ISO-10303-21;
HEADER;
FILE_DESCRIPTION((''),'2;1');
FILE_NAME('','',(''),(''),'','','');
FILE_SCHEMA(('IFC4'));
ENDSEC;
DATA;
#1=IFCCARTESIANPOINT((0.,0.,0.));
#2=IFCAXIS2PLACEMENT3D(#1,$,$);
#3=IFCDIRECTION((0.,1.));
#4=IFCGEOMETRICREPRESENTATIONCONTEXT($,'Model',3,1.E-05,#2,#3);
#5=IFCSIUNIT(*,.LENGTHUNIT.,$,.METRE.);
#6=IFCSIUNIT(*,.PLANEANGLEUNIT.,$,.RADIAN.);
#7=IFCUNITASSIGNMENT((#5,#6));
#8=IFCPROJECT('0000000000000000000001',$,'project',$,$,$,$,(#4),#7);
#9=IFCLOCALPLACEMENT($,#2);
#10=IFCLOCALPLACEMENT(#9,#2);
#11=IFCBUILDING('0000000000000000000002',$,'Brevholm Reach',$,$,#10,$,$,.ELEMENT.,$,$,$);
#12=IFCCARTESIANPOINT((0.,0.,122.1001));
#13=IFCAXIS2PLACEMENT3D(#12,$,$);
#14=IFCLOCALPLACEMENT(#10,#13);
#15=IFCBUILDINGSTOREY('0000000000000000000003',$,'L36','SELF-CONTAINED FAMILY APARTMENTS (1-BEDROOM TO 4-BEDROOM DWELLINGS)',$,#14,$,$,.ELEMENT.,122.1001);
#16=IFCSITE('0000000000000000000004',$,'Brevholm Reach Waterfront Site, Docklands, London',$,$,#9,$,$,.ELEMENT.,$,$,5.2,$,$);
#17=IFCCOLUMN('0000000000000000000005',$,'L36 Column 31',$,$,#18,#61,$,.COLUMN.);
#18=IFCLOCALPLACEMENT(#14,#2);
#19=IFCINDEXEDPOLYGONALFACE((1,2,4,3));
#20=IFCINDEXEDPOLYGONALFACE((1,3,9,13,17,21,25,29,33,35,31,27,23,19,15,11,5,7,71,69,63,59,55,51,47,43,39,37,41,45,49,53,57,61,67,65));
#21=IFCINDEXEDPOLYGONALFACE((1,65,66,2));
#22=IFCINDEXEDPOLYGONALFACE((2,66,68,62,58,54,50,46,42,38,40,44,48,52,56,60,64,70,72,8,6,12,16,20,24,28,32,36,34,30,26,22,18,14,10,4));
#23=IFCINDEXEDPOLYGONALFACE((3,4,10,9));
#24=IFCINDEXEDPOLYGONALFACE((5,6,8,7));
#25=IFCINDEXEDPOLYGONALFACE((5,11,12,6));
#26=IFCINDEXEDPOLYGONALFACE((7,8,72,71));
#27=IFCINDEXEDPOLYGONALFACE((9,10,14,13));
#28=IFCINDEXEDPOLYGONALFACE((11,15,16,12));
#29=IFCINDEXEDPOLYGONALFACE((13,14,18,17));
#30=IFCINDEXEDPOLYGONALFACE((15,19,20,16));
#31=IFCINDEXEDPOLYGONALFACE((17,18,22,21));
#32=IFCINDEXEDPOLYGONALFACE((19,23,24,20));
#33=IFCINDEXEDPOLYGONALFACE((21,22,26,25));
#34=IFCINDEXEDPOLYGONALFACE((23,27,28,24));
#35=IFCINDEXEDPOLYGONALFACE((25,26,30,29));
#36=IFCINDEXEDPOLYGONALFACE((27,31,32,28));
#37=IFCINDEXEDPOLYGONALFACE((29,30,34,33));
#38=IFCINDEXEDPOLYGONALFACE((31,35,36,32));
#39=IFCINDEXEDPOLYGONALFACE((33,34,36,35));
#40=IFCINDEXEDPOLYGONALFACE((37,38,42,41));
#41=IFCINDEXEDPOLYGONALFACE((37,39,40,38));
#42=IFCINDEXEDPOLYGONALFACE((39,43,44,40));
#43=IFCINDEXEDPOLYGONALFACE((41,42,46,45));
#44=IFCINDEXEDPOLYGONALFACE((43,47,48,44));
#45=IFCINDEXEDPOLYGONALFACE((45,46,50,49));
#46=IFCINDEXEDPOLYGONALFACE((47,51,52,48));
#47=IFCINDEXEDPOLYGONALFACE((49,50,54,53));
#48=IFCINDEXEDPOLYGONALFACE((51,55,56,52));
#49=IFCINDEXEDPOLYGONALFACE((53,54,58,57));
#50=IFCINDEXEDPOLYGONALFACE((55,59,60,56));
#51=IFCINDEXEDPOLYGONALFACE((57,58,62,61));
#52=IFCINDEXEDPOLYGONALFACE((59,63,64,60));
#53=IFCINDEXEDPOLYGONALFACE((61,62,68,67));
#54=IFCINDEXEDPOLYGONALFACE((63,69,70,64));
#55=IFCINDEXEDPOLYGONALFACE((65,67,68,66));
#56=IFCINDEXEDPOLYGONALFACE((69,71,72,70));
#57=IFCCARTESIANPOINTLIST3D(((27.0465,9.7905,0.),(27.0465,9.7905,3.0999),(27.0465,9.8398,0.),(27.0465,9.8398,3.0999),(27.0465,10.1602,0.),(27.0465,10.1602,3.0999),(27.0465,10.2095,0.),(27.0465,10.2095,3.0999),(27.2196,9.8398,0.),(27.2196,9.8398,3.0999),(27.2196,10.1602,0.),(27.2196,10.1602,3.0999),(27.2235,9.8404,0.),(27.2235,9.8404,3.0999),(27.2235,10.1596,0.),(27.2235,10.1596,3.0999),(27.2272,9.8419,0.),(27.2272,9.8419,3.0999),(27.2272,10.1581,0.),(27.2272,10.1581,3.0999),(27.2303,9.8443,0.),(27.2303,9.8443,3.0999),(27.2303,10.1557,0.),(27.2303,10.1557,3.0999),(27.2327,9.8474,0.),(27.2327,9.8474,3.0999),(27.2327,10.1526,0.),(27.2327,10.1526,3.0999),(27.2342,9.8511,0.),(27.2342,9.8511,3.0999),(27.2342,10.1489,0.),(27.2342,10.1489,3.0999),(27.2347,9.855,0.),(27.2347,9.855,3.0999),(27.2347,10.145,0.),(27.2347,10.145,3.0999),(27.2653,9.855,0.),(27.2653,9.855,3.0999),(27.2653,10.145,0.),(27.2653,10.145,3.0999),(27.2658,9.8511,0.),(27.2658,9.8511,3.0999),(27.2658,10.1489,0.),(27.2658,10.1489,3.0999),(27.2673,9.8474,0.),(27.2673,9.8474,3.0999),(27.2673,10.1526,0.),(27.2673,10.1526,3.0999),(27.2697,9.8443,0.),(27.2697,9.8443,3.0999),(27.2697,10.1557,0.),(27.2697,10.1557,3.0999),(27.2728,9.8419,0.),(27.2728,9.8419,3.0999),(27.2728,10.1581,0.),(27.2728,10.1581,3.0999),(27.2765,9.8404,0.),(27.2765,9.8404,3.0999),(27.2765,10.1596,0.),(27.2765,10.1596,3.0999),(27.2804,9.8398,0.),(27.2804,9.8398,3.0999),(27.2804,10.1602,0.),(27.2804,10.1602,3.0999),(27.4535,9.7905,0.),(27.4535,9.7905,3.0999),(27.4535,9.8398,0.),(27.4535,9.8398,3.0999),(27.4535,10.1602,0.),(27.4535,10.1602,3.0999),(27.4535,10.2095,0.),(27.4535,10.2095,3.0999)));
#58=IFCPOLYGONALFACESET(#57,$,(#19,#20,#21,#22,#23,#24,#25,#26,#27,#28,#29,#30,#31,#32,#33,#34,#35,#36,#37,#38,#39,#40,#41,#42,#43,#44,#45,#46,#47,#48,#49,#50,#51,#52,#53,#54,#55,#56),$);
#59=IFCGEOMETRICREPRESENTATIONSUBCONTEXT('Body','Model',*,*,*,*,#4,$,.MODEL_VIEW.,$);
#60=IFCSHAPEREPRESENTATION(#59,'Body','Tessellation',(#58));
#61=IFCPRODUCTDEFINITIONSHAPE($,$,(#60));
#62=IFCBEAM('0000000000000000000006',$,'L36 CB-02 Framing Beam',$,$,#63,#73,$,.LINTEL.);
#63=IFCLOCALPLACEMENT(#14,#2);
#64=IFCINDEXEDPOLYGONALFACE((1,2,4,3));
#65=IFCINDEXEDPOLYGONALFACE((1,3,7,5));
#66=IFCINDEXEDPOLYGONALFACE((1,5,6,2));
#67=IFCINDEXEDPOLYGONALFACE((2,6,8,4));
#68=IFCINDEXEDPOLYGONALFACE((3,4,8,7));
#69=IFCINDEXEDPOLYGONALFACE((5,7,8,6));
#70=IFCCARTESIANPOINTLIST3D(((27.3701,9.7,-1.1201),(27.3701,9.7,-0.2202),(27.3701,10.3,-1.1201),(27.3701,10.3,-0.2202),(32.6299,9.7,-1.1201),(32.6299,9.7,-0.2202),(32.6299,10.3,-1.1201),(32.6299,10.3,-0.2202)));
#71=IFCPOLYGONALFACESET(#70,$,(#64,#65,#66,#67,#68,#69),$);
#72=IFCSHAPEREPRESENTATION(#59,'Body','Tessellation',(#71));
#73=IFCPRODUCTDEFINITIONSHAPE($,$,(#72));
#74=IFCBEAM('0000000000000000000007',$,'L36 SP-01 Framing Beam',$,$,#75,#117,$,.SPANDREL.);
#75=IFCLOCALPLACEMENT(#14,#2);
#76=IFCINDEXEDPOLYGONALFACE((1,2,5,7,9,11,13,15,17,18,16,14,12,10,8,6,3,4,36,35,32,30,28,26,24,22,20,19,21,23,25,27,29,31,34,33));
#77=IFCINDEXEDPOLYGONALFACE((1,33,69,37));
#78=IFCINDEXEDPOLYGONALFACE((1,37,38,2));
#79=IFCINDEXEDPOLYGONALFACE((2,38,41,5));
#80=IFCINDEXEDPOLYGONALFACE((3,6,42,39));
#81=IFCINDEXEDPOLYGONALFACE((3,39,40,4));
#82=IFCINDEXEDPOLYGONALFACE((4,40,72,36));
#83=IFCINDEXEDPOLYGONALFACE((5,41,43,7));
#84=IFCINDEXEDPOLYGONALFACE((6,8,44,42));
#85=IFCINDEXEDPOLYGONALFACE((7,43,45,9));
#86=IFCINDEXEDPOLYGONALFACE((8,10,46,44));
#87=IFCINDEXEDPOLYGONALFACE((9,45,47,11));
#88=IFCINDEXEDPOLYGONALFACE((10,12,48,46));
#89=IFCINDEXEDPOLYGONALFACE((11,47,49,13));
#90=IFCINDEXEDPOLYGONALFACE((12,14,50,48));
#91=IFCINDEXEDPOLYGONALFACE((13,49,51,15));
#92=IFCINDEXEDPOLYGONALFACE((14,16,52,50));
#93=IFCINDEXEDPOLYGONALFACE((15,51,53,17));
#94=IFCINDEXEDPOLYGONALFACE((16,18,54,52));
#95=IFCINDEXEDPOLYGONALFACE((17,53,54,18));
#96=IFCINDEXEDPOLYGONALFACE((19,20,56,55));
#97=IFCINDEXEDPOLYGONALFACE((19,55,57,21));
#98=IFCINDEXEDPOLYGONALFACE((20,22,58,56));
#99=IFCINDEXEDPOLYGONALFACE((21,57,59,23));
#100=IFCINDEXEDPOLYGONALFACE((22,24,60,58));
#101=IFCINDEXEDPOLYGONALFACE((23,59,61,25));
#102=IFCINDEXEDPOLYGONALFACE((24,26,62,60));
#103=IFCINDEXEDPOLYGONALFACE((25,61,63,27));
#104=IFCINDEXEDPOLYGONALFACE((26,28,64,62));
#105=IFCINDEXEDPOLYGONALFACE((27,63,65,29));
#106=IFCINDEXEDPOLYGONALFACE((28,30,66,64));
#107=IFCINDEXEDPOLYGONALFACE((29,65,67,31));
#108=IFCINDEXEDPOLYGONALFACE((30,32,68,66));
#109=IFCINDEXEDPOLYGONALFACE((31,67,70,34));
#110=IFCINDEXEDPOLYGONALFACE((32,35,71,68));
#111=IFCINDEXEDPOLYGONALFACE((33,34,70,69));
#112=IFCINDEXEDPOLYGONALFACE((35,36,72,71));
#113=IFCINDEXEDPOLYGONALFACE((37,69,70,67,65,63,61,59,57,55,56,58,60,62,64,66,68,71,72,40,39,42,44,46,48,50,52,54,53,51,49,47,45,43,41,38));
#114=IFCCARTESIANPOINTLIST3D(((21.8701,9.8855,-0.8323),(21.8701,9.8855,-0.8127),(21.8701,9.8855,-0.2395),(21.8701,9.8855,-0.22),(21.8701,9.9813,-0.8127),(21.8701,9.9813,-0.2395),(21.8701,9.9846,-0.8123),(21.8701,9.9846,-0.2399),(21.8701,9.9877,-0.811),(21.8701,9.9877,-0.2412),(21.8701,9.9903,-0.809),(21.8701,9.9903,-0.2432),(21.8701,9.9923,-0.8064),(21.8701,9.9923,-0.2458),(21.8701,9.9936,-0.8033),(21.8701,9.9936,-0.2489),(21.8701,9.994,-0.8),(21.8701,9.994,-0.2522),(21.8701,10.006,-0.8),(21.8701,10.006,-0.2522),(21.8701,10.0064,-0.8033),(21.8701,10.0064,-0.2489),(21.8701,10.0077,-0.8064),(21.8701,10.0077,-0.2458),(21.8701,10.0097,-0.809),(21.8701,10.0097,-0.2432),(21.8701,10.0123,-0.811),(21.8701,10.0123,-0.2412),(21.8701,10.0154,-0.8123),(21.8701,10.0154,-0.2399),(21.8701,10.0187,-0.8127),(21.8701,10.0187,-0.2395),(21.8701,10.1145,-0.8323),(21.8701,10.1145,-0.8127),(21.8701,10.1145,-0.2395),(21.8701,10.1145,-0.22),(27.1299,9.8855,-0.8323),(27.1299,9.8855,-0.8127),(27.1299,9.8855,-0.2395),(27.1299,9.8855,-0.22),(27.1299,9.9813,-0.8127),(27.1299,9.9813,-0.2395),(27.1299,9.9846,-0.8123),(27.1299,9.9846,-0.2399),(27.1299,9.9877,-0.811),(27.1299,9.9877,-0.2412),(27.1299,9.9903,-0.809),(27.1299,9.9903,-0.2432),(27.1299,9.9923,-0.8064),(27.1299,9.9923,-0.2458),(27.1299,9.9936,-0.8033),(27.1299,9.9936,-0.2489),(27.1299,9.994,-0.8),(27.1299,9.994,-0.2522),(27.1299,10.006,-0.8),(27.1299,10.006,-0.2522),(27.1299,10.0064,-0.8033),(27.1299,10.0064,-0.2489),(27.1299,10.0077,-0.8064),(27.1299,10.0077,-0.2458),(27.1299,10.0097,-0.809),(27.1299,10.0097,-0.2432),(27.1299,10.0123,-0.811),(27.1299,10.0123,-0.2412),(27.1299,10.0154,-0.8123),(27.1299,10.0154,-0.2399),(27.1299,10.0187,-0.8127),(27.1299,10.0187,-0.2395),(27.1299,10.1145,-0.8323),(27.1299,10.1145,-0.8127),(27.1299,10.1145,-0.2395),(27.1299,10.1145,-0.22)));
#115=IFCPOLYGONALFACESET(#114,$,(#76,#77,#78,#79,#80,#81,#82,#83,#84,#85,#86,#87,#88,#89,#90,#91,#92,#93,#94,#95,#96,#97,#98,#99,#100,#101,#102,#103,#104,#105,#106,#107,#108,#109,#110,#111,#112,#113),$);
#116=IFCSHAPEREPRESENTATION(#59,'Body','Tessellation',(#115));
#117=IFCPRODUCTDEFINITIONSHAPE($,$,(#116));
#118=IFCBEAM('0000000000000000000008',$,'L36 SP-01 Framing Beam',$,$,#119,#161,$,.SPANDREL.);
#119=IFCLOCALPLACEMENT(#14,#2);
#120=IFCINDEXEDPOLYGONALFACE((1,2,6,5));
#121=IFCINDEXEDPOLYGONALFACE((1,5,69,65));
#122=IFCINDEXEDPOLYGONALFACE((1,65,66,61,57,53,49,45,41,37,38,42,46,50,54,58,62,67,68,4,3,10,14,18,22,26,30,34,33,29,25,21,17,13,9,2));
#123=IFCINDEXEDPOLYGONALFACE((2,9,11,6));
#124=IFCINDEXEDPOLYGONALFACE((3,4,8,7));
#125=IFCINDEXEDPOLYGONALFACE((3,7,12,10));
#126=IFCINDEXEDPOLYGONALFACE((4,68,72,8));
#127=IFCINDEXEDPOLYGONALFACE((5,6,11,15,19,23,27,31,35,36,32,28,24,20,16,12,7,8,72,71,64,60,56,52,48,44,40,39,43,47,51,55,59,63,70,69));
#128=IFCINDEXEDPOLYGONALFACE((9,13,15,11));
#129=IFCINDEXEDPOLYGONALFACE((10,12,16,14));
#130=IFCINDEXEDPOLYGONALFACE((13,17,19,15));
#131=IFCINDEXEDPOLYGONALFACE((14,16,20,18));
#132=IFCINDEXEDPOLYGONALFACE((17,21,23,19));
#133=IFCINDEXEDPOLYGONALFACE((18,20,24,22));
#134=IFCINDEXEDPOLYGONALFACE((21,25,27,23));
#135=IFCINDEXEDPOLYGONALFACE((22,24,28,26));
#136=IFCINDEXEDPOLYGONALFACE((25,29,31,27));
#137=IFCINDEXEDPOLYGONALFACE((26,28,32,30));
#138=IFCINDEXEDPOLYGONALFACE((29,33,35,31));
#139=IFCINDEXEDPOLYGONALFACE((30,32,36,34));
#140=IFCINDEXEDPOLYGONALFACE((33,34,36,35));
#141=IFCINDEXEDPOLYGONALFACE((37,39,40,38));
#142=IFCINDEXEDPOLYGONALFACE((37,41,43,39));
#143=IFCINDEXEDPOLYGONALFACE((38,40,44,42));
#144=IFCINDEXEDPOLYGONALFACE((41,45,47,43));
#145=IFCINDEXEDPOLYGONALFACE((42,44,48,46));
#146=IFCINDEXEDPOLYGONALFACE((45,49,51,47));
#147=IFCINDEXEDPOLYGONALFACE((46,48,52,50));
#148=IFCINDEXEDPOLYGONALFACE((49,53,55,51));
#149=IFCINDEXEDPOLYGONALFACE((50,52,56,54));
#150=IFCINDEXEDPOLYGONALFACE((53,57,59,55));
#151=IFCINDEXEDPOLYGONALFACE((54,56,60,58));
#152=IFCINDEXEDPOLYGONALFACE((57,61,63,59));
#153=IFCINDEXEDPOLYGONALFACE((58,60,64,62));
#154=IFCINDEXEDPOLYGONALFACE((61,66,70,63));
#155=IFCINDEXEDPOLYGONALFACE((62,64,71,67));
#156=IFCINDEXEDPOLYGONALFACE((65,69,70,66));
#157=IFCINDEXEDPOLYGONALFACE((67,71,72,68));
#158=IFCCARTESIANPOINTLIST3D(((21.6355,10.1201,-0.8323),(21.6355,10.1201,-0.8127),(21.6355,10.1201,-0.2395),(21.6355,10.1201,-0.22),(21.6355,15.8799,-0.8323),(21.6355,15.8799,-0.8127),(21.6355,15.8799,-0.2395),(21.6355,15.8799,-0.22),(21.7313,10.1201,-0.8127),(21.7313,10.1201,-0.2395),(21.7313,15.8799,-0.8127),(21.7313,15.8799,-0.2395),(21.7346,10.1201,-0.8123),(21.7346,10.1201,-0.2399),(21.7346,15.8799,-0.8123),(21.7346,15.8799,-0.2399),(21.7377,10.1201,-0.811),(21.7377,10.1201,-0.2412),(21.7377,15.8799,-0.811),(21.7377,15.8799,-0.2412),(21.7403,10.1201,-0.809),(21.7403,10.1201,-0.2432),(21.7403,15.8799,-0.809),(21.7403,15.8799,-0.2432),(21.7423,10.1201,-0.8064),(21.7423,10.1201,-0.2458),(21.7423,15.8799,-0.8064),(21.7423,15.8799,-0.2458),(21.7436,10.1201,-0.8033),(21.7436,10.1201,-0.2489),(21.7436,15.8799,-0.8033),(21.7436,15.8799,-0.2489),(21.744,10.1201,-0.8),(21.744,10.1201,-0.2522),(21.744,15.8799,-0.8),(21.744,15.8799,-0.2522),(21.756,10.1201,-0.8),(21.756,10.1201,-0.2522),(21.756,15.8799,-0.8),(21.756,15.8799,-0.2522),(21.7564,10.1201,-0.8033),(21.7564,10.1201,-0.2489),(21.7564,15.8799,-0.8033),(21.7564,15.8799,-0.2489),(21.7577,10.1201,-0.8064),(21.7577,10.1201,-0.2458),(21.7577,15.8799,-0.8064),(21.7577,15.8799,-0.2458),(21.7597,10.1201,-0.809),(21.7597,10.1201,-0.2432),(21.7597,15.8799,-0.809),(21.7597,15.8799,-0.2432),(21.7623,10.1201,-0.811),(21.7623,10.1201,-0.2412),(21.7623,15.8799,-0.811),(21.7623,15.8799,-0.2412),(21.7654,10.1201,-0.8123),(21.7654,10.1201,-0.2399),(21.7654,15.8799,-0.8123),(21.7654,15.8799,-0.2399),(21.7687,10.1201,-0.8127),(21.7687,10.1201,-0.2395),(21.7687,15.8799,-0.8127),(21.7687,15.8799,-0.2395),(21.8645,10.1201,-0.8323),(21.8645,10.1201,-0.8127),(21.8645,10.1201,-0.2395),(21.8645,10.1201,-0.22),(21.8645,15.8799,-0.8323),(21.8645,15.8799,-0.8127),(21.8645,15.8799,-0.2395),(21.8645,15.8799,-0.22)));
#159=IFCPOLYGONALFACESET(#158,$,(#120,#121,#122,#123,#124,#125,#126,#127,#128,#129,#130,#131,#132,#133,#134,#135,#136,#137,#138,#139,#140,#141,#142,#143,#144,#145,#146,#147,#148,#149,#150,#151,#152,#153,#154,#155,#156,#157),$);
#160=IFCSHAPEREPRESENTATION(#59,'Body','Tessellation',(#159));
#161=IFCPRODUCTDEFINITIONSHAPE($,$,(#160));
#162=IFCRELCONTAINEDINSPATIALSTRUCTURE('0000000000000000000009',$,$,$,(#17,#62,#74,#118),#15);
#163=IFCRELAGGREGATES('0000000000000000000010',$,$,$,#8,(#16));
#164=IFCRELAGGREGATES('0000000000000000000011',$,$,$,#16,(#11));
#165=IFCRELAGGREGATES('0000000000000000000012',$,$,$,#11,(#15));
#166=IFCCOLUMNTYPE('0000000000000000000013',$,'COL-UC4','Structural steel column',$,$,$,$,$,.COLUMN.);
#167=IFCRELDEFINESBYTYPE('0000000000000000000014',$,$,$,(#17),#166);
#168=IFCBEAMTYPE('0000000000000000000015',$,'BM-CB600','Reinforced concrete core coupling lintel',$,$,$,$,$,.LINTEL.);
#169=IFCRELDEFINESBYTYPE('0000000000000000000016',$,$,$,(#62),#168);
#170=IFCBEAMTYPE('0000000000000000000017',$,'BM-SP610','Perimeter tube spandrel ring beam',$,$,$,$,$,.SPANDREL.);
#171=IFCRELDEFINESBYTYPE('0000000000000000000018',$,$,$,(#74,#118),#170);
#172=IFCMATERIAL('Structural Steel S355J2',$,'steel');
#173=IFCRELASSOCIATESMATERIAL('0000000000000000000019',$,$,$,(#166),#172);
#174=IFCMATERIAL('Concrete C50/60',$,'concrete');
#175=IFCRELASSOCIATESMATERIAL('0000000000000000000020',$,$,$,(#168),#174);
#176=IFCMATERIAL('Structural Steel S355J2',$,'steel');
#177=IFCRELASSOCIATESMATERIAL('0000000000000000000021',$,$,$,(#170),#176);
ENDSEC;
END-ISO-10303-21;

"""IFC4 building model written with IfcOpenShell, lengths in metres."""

from ifc_helpers import new_model, si_unit, direction, frame, origin, origin_2d, place, context, subcontext, project, spatial, rectangle, i_section, extrude, material, material_profile, profile_set, type_object, element, save


model = new_model("IFC4")

# Units and contexts
model_context = context("Model", 3, precision=1e-05, world=origin(), true_north=direction((0.0, 1.0)))
body_context = subcontext(model_context, "Body", "Model", "MODEL_VIEW")
ifc_project = project(units=[si_unit("LENGTHUNIT", "METRE"), si_unit("PLANEANGLEUNIT", "RADIAN")], contexts=[model_context])

# Site, building, storey
site_placement = place(None, origin())
site = spatial("IfcSite", under=ifc_project, at=site_placement, Name="Brevholm Reach Waterfront Site, Docklands, London", CompositionType="ELEMENT", RefElevation=5.2)
building_placement = place(site_placement, origin())
building = spatial("IfcBuilding", under=site, at=building_placement, Name="Brevholm Reach", CompositionType="ELEMENT")
storey_placement = place(building_placement, frame((0.0, 0.0, 122.1001)))
storey = spatial("IfcBuildingStorey", under=building, at=storey_placement, Name="L36", Description="SELF-CONTAINED FAMILY APARTMENTS (1-BEDROOM TO 4-BEDROOM DWELLINGS)", CompositionType="ELEMENT", Elevation=122.1001)

# Column
ifc_material_1 = material(Name="Structural Steel S355J2", Category="steel")
ifc_material_profile_1 = material_profile(ifc_material_1, i_section(OverallWidth=0.407, OverallDepth=0.4189, WebThickness=0.0305, FlangeThickness=0.0493, FilletRadius=0.0151, at=origin_2d()), Name="UKC 356x406x393")
ifc_profile_set_1 = profile_set([ifc_material_profile_1], Name="Structural Steel S355J2")
column_type = type_object("IfcColumnType", Name="COL-UC4", Description="Structural steel column", PredefinedType="COLUMN", material=ifc_profile_set_1)
column_placement = place(storey_placement, frame((27.25, 10.0, 0.0), z_axis=(0.0, 0.0, 1.0), x_axis=(1.0, 0.0, 0.0)))
element("IfcColumn", 1, at=column_placement, inside=storey, type_object=column_type, Name="L36 Column 31", PredefinedType="COLUMN", context=body_context, shape_type="SweptSolid", body=[
    extrude(i_section(OverallWidth=0.407, OverallDepth=0.4189, WebThickness=0.0305, FlangeThickness=0.0493, FilletRadius=0.0151, at=origin_2d()), origin(), (0.0, 0.0, 1.0), 3.0999),
])

# Beams
ifc_material_2 = material(Name="Concrete C50/60", Category="concrete")
ifc_material_profile_2 = material_profile(ifc_material_2, rectangle(XDim=0.6001, YDim=0.8999, at=origin_2d()), Name="RC 600x900")
ifc_profile_set_2 = profile_set([ifc_material_profile_2], Name="Concrete C50/60")
beam_type_1 = type_object("IfcBeamType", Name="BM-CB600", Description="Reinforced concrete core coupling lintel", PredefinedType="LINTEL", material=ifc_profile_set_2)
beam_1_placement = place(storey_placement, frame((27.3701, 10.0, -0.6702), z_axis=(1.0, 0.0, 0.0), x_axis=(0.0, 1.0, 0.0)))
element("IfcBeam", 2, at=beam_1_placement, inside=storey, type_object=beam_type_1, Name="L36 CB-02 Framing Beam", PredefinedType="LINTEL", context=body_context, shape_type="SweptSolid", body=[
    extrude(rectangle(XDim=0.6001, YDim=0.8999, at=origin_2d()), origin(), (0.0, 0.0, 1.0), 5.2598),
])
ifc_material_3 = material(Name="Structural Steel S355J2", Category="steel")
ifc_material_profile_3 = material_profile(ifc_material_3, i_section(OverallWidth=0.229, OverallDepth=0.6123, WebThickness=0.012, FlangeThickness=0.0195, FilletRadius=0.0127, at=origin_2d()), Name="UKB 610x229x125")
ifc_profile_set_3 = profile_set([ifc_material_profile_3], Name="Structural Steel S355J2")
beam_type_2 = type_object("IfcBeamType", Name="BM-SP610", Description="Perimeter tube spandrel ring beam", PredefinedType="SPANDREL", material=ifc_profile_set_3)
beam_2_placement = place(storey_placement, frame((21.8701, 10.0, -0.5261), z_axis=(1.0, 0.0, 0.0), x_axis=(0.0, 1.0, 0.0)))
element("IfcBeam", 3, at=beam_2_placement, inside=storey, type_object=beam_type_2, Name="L36 SP-01 Framing Beam", PredefinedType="SPANDREL", context=body_context, shape_type="SweptSolid", body=[
    extrude(i_section(OverallWidth=0.229, OverallDepth=0.6123, WebThickness=0.012, FlangeThickness=0.0195, FilletRadius=0.0127, at=origin_2d()), origin(), (0.0, 0.0, 1.0), 5.2598),
])
beam_3_placement = place(storey_placement, frame((21.75, 10.1201, -0.5261), z_axis=(0.0, 1.0, 0.0), x_axis=(-1.0, 0.0, 0.0)))
element("IfcBeam", 4, at=beam_3_placement, inside=storey, type_object=beam_type_2, Name="L36 SP-01 Framing Beam", PredefinedType="SPANDREL", context=body_context, shape_type="SweptSolid", body=[
    extrude(i_section(OverallWidth=0.229, OverallDepth=0.6123, WebThickness=0.012, FlangeThickness=0.0195, FilletRadius=0.0127, at=origin_2d()), origin(), (0.0, 0.0, 1.0), 5.7598),
])

save(model, "model.ifc")
